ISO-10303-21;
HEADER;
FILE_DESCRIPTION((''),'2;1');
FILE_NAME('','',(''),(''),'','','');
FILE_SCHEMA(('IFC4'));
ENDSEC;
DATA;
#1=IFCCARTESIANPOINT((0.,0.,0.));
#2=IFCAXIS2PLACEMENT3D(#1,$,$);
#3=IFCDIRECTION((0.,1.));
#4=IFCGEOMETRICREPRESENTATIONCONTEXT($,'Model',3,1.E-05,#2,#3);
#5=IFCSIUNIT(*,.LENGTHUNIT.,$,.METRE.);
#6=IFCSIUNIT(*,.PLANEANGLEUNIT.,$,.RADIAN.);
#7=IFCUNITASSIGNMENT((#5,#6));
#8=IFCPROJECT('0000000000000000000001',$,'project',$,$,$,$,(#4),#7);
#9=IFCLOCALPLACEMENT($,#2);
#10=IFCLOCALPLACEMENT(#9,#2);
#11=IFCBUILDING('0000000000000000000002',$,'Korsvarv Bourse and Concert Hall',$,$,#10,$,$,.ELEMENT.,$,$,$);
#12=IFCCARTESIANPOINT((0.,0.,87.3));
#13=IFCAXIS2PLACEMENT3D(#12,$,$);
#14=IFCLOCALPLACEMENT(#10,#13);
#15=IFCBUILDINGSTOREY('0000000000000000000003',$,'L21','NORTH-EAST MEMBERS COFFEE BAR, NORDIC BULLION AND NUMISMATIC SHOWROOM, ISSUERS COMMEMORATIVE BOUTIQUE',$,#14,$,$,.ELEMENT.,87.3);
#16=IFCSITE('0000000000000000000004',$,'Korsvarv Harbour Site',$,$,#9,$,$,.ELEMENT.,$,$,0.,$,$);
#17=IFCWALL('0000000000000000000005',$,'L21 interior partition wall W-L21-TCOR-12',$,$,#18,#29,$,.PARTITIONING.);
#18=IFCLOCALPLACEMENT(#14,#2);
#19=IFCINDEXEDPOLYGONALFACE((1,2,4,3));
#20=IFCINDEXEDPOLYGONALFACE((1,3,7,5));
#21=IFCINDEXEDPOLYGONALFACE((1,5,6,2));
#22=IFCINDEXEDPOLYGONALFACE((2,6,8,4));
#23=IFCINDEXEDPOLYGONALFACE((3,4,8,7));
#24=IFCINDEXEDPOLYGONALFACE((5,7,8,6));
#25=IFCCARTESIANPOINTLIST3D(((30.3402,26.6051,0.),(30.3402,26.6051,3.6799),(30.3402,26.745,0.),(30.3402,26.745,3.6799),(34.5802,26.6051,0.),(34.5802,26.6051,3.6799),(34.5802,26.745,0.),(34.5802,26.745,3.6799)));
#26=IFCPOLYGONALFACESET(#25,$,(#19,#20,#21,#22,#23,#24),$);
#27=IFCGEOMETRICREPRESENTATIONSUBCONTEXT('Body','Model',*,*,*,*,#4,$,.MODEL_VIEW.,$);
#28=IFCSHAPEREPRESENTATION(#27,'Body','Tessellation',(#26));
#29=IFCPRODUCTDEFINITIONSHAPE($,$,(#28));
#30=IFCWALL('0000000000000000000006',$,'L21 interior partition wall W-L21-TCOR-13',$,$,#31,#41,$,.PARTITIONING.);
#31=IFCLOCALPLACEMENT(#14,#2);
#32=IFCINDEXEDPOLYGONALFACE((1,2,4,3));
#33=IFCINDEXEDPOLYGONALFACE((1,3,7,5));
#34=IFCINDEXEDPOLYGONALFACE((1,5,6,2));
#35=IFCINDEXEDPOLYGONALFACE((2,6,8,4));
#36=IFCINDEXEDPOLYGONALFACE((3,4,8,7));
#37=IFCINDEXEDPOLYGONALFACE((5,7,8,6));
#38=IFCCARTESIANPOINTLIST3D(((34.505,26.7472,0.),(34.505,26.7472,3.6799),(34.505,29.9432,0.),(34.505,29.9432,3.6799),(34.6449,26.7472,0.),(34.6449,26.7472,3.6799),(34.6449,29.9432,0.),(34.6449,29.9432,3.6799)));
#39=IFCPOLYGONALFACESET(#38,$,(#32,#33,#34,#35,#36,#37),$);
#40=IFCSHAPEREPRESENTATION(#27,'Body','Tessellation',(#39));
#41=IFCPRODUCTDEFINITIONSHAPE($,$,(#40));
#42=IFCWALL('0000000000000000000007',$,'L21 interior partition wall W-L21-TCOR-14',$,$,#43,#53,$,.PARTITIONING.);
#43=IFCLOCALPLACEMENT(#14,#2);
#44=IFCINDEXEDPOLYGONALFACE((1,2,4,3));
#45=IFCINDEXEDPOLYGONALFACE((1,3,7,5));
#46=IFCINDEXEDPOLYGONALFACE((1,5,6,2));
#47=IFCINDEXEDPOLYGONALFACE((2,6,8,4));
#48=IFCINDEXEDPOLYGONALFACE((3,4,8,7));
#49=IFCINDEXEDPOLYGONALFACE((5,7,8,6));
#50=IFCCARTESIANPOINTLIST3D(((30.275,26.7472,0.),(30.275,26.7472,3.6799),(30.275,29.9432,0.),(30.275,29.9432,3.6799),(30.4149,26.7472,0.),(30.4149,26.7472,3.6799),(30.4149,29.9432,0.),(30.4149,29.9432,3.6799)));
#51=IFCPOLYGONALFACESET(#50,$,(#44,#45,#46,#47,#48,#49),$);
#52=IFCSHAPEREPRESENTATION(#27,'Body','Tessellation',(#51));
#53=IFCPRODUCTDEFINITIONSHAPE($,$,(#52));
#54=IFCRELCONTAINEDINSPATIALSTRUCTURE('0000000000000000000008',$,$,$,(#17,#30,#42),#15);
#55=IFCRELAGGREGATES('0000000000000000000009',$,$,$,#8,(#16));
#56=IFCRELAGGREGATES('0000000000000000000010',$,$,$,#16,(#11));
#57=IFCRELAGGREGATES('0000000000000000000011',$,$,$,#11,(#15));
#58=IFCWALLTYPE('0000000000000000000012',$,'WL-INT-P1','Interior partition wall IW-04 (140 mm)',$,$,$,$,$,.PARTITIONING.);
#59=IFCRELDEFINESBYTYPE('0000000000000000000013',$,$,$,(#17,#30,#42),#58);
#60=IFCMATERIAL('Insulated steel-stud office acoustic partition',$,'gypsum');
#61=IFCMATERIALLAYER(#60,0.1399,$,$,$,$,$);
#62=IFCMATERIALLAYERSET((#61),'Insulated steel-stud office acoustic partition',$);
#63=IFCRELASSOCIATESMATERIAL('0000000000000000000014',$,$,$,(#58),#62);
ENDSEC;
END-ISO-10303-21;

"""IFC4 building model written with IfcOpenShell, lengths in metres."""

from ifc_helpers import new_model, si_unit, direction, frame, frame_2d, origin, place, context, subcontext, project, spatial, rectangle, extrude, material, layer, layer_set, type_object, element, save


model = new_model("IFC4")

# Units and contexts
model_context = context("Model", 3, precision=1e-05, world=origin(), true_north=direction((0.0, 1.0)))
body_context = subcontext(model_context, "Body", "Model", "MODEL_VIEW")
ifc_project = project(units=[si_unit("LENGTHUNIT", "METRE"), si_unit("PLANEANGLEUNIT", "RADIAN")], contexts=[model_context])

# Site, building, storey
site_placement = place(None, origin())
site = spatial("IfcSite", under=ifc_project, at=site_placement, Name="Korsvarv Harbour Site", CompositionType="ELEMENT", RefElevation=0.0)
building_placement = place(site_placement, origin())
building = spatial("IfcBuilding", under=site, at=building_placement, Name="Korsvarv Bourse and Concert Hall", CompositionType="ELEMENT")
storey_placement = place(building_placement, frame((0.0, 0.0, 87.3)))
storey = spatial("IfcBuildingStorey", under=building, at=storey_placement, Name="L21", Description="NORTH-EAST MEMBERS COFFEE BAR, NORDIC BULLION AND NUMISMATIC SHOWROOM, ISSUERS COMMEMORATIVE BOUTIQUE", CompositionType="ELEMENT", Elevation=87.3)

# Walls
ifc_material_1 = material(Name="Insulated steel-stud office acoustic partition", Category="gypsum")
ifc_layer_1 = layer(ifc_material_1, 0.1399)
ifc_layer_set_1 = layer_set([ifc_layer_1], Name="Insulated steel-stud office acoustic partition")
wall_type_1 = type_object("IfcWallType", Name="WL-INT-P1", Description="Interior partition wall IW-04 (140 mm)", PredefinedType="PARTITIONING", material=ifc_layer_set_1)
wall_1_placement = place(storey_placement, frame((30.3401, 26.675, 0.0), z_axis=(0.0, 0.0, 1.0), x_axis=(1.0, 0.0, 0.0)))
element("IfcWall", 1, at=wall_1_placement, inside=storey, type_object=wall_type_1, Name="L21 interior partition wall W-L21-TCOR-12", PredefinedType="PARTITIONING", context=body_context, shape_type="SweptSolid", body=[
    extrude(rectangle(XDim=4.24, YDim=0.1399, at=frame_2d((2.1201, 0.0))), origin(), (0.0, 0.0, 1.0), 3.6799),
])
for number, where, z_axis, x_axis, name in (
    (2, (34.575, 26.7471, 0.0), (0.0, 0.0, 1.0), (0.0, 1.0, 0.0), "L21 interior partition wall W-L21-TCOR-13"),
    (3, (30.345, 26.7471, 0.0), (0.0, 0.0, 1.0), (0.0, 1.0, 0.0), "L21 interior partition wall W-L21-TCOR-14"),
):
    element("IfcWall", number, at=place(storey_placement, frame(where, z_axis=z_axis, x_axis=x_axis)), inside=storey, type_object=wall_type_1, Name=name, PredefinedType="PARTITIONING", context=body_context, shape_type="SweptSolid", body=[
        extrude(rectangle(XDim=3.196, YDim=0.1399, at=frame_2d((1.5981, 0.0))), origin(), (0.0, 0.0, 1.0), 3.6799),
    ])

save(model, "model.ifc")
